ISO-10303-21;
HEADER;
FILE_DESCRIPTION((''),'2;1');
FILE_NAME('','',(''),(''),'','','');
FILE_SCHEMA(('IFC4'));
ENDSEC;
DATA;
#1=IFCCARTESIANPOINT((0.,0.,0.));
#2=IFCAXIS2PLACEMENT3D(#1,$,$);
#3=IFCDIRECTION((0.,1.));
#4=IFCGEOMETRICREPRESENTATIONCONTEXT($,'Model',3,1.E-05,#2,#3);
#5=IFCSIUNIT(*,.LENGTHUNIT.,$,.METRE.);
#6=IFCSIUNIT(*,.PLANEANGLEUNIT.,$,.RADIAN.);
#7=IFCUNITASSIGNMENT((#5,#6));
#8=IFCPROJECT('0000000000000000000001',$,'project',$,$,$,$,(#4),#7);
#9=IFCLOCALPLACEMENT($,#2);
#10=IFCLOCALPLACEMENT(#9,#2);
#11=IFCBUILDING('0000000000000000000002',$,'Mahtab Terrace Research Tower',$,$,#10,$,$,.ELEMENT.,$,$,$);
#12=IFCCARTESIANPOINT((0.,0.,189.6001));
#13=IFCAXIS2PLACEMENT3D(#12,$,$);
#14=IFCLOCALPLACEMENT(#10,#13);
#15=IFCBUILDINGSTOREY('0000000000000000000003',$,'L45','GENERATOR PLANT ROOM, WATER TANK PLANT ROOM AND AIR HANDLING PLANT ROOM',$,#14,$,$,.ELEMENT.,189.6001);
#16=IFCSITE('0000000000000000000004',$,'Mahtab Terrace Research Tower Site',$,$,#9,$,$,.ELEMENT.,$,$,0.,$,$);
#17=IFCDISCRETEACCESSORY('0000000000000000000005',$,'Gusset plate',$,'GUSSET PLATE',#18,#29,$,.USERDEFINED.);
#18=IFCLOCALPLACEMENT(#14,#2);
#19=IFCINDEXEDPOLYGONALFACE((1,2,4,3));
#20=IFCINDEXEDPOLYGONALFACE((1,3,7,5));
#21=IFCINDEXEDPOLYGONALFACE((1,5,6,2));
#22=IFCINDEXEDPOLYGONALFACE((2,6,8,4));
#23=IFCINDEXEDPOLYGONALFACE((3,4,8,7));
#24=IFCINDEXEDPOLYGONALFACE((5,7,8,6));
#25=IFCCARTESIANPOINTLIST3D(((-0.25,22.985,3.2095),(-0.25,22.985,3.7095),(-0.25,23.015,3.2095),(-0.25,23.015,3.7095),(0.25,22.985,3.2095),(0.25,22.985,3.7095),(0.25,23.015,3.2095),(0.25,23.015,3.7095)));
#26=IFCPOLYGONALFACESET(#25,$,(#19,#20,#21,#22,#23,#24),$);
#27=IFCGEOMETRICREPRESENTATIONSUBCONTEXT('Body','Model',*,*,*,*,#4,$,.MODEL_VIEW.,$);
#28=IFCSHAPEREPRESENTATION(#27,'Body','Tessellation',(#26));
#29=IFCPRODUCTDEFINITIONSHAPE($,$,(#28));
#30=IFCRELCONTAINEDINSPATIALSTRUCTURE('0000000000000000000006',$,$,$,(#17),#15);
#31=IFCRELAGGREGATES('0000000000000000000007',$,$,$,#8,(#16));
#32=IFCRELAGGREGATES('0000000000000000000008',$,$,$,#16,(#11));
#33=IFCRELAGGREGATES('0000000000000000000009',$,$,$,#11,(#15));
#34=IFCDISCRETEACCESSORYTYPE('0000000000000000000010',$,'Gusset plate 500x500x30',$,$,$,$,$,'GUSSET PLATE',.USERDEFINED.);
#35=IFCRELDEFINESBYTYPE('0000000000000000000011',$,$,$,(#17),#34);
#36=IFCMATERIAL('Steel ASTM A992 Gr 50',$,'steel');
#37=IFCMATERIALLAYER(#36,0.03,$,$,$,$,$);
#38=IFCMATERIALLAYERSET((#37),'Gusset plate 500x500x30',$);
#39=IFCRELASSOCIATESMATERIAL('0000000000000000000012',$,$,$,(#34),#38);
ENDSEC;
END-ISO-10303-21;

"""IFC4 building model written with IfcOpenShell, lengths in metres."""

from ifc_helpers import new_model, si_unit, direction, frame, origin, origin_2d, place, context, subcontext, project, spatial, rectangle, extrude, material, layer, layer_set, type_object, element, save


model = new_model("IFC4")

# Units and contexts
model_context = context("Model", 3, precision=1e-05, world=origin(), true_north=direction((0.0, 1.0)))
body_context = subcontext(model_context, "Body", "Model", "MODEL_VIEW")
ifc_project = project(units=[si_unit("LENGTHUNIT", "METRE"), si_unit("PLANEANGLEUNIT", "RADIAN")], contexts=[model_context])

# Site, building, storey
site_placement = place(None, origin())
site = spatial("IfcSite", under=ifc_project, at=site_placement, Name="Mahtab Terrace Research Tower Site", CompositionType="ELEMENT", RefElevation=0.0)
building_placement = place(site_placement, origin())
building = spatial("IfcBuilding", under=site, at=building_placement, Name="Mahtab Terrace Research Tower", CompositionType="ELEMENT")
storey_placement = place(building_placement, frame((0.0, 0.0, 189.6001)))
storey = spatial("IfcBuildingStorey", under=building, at=storey_placement, Name="L45", Description="GENERATOR PLANT ROOM, WATER TANK PLANT ROOM AND AIR HANDLING PLANT ROOM", CompositionType="ELEMENT", Elevation=189.6001)

# Shared definitions
ifc_material_1 = material(Name="Steel ASTM A992 Gr 50", Category="steel")

# Discrete accessory
ifc_layer_1 = layer(ifc_material_1, 0.03)
ifc_layer_set_1 = layer_set([ifc_layer_1], Name="Gusset plate 500x500x30")
discrete_accessory_type_1 = type_object("IfcDiscreteAccessoryType", Name="Gusset plate 500x500x30", ElementType="GUSSET PLATE", PredefinedType="USERDEFINED", material=ifc_layer_set_1)
for number, where, z_axis, x_axis, name in (
    (1, (0.0, 23.0, 3.2095), (0.0, 0.0, 1.0), (1.0, 0.0, 0.0), "Gusset plate"),
):
    element("IfcDiscreteAccessory", number, at=place(storey_placement, frame(where, z_axis=z_axis, x_axis=x_axis)), inside=storey, type_object=discrete_accessory_type_1, Name=name, ObjectType="GUSSET PLATE", PredefinedType="USERDEFINED", context=body_context, shape_type="SweptSolid", body=[
        extrude(rectangle(XDim=0.5, YDim=0.03, at=origin_2d()), origin(), (0.0, 0.0, 1.0), 0.5),
    ])

save(model, "model.ifc")
